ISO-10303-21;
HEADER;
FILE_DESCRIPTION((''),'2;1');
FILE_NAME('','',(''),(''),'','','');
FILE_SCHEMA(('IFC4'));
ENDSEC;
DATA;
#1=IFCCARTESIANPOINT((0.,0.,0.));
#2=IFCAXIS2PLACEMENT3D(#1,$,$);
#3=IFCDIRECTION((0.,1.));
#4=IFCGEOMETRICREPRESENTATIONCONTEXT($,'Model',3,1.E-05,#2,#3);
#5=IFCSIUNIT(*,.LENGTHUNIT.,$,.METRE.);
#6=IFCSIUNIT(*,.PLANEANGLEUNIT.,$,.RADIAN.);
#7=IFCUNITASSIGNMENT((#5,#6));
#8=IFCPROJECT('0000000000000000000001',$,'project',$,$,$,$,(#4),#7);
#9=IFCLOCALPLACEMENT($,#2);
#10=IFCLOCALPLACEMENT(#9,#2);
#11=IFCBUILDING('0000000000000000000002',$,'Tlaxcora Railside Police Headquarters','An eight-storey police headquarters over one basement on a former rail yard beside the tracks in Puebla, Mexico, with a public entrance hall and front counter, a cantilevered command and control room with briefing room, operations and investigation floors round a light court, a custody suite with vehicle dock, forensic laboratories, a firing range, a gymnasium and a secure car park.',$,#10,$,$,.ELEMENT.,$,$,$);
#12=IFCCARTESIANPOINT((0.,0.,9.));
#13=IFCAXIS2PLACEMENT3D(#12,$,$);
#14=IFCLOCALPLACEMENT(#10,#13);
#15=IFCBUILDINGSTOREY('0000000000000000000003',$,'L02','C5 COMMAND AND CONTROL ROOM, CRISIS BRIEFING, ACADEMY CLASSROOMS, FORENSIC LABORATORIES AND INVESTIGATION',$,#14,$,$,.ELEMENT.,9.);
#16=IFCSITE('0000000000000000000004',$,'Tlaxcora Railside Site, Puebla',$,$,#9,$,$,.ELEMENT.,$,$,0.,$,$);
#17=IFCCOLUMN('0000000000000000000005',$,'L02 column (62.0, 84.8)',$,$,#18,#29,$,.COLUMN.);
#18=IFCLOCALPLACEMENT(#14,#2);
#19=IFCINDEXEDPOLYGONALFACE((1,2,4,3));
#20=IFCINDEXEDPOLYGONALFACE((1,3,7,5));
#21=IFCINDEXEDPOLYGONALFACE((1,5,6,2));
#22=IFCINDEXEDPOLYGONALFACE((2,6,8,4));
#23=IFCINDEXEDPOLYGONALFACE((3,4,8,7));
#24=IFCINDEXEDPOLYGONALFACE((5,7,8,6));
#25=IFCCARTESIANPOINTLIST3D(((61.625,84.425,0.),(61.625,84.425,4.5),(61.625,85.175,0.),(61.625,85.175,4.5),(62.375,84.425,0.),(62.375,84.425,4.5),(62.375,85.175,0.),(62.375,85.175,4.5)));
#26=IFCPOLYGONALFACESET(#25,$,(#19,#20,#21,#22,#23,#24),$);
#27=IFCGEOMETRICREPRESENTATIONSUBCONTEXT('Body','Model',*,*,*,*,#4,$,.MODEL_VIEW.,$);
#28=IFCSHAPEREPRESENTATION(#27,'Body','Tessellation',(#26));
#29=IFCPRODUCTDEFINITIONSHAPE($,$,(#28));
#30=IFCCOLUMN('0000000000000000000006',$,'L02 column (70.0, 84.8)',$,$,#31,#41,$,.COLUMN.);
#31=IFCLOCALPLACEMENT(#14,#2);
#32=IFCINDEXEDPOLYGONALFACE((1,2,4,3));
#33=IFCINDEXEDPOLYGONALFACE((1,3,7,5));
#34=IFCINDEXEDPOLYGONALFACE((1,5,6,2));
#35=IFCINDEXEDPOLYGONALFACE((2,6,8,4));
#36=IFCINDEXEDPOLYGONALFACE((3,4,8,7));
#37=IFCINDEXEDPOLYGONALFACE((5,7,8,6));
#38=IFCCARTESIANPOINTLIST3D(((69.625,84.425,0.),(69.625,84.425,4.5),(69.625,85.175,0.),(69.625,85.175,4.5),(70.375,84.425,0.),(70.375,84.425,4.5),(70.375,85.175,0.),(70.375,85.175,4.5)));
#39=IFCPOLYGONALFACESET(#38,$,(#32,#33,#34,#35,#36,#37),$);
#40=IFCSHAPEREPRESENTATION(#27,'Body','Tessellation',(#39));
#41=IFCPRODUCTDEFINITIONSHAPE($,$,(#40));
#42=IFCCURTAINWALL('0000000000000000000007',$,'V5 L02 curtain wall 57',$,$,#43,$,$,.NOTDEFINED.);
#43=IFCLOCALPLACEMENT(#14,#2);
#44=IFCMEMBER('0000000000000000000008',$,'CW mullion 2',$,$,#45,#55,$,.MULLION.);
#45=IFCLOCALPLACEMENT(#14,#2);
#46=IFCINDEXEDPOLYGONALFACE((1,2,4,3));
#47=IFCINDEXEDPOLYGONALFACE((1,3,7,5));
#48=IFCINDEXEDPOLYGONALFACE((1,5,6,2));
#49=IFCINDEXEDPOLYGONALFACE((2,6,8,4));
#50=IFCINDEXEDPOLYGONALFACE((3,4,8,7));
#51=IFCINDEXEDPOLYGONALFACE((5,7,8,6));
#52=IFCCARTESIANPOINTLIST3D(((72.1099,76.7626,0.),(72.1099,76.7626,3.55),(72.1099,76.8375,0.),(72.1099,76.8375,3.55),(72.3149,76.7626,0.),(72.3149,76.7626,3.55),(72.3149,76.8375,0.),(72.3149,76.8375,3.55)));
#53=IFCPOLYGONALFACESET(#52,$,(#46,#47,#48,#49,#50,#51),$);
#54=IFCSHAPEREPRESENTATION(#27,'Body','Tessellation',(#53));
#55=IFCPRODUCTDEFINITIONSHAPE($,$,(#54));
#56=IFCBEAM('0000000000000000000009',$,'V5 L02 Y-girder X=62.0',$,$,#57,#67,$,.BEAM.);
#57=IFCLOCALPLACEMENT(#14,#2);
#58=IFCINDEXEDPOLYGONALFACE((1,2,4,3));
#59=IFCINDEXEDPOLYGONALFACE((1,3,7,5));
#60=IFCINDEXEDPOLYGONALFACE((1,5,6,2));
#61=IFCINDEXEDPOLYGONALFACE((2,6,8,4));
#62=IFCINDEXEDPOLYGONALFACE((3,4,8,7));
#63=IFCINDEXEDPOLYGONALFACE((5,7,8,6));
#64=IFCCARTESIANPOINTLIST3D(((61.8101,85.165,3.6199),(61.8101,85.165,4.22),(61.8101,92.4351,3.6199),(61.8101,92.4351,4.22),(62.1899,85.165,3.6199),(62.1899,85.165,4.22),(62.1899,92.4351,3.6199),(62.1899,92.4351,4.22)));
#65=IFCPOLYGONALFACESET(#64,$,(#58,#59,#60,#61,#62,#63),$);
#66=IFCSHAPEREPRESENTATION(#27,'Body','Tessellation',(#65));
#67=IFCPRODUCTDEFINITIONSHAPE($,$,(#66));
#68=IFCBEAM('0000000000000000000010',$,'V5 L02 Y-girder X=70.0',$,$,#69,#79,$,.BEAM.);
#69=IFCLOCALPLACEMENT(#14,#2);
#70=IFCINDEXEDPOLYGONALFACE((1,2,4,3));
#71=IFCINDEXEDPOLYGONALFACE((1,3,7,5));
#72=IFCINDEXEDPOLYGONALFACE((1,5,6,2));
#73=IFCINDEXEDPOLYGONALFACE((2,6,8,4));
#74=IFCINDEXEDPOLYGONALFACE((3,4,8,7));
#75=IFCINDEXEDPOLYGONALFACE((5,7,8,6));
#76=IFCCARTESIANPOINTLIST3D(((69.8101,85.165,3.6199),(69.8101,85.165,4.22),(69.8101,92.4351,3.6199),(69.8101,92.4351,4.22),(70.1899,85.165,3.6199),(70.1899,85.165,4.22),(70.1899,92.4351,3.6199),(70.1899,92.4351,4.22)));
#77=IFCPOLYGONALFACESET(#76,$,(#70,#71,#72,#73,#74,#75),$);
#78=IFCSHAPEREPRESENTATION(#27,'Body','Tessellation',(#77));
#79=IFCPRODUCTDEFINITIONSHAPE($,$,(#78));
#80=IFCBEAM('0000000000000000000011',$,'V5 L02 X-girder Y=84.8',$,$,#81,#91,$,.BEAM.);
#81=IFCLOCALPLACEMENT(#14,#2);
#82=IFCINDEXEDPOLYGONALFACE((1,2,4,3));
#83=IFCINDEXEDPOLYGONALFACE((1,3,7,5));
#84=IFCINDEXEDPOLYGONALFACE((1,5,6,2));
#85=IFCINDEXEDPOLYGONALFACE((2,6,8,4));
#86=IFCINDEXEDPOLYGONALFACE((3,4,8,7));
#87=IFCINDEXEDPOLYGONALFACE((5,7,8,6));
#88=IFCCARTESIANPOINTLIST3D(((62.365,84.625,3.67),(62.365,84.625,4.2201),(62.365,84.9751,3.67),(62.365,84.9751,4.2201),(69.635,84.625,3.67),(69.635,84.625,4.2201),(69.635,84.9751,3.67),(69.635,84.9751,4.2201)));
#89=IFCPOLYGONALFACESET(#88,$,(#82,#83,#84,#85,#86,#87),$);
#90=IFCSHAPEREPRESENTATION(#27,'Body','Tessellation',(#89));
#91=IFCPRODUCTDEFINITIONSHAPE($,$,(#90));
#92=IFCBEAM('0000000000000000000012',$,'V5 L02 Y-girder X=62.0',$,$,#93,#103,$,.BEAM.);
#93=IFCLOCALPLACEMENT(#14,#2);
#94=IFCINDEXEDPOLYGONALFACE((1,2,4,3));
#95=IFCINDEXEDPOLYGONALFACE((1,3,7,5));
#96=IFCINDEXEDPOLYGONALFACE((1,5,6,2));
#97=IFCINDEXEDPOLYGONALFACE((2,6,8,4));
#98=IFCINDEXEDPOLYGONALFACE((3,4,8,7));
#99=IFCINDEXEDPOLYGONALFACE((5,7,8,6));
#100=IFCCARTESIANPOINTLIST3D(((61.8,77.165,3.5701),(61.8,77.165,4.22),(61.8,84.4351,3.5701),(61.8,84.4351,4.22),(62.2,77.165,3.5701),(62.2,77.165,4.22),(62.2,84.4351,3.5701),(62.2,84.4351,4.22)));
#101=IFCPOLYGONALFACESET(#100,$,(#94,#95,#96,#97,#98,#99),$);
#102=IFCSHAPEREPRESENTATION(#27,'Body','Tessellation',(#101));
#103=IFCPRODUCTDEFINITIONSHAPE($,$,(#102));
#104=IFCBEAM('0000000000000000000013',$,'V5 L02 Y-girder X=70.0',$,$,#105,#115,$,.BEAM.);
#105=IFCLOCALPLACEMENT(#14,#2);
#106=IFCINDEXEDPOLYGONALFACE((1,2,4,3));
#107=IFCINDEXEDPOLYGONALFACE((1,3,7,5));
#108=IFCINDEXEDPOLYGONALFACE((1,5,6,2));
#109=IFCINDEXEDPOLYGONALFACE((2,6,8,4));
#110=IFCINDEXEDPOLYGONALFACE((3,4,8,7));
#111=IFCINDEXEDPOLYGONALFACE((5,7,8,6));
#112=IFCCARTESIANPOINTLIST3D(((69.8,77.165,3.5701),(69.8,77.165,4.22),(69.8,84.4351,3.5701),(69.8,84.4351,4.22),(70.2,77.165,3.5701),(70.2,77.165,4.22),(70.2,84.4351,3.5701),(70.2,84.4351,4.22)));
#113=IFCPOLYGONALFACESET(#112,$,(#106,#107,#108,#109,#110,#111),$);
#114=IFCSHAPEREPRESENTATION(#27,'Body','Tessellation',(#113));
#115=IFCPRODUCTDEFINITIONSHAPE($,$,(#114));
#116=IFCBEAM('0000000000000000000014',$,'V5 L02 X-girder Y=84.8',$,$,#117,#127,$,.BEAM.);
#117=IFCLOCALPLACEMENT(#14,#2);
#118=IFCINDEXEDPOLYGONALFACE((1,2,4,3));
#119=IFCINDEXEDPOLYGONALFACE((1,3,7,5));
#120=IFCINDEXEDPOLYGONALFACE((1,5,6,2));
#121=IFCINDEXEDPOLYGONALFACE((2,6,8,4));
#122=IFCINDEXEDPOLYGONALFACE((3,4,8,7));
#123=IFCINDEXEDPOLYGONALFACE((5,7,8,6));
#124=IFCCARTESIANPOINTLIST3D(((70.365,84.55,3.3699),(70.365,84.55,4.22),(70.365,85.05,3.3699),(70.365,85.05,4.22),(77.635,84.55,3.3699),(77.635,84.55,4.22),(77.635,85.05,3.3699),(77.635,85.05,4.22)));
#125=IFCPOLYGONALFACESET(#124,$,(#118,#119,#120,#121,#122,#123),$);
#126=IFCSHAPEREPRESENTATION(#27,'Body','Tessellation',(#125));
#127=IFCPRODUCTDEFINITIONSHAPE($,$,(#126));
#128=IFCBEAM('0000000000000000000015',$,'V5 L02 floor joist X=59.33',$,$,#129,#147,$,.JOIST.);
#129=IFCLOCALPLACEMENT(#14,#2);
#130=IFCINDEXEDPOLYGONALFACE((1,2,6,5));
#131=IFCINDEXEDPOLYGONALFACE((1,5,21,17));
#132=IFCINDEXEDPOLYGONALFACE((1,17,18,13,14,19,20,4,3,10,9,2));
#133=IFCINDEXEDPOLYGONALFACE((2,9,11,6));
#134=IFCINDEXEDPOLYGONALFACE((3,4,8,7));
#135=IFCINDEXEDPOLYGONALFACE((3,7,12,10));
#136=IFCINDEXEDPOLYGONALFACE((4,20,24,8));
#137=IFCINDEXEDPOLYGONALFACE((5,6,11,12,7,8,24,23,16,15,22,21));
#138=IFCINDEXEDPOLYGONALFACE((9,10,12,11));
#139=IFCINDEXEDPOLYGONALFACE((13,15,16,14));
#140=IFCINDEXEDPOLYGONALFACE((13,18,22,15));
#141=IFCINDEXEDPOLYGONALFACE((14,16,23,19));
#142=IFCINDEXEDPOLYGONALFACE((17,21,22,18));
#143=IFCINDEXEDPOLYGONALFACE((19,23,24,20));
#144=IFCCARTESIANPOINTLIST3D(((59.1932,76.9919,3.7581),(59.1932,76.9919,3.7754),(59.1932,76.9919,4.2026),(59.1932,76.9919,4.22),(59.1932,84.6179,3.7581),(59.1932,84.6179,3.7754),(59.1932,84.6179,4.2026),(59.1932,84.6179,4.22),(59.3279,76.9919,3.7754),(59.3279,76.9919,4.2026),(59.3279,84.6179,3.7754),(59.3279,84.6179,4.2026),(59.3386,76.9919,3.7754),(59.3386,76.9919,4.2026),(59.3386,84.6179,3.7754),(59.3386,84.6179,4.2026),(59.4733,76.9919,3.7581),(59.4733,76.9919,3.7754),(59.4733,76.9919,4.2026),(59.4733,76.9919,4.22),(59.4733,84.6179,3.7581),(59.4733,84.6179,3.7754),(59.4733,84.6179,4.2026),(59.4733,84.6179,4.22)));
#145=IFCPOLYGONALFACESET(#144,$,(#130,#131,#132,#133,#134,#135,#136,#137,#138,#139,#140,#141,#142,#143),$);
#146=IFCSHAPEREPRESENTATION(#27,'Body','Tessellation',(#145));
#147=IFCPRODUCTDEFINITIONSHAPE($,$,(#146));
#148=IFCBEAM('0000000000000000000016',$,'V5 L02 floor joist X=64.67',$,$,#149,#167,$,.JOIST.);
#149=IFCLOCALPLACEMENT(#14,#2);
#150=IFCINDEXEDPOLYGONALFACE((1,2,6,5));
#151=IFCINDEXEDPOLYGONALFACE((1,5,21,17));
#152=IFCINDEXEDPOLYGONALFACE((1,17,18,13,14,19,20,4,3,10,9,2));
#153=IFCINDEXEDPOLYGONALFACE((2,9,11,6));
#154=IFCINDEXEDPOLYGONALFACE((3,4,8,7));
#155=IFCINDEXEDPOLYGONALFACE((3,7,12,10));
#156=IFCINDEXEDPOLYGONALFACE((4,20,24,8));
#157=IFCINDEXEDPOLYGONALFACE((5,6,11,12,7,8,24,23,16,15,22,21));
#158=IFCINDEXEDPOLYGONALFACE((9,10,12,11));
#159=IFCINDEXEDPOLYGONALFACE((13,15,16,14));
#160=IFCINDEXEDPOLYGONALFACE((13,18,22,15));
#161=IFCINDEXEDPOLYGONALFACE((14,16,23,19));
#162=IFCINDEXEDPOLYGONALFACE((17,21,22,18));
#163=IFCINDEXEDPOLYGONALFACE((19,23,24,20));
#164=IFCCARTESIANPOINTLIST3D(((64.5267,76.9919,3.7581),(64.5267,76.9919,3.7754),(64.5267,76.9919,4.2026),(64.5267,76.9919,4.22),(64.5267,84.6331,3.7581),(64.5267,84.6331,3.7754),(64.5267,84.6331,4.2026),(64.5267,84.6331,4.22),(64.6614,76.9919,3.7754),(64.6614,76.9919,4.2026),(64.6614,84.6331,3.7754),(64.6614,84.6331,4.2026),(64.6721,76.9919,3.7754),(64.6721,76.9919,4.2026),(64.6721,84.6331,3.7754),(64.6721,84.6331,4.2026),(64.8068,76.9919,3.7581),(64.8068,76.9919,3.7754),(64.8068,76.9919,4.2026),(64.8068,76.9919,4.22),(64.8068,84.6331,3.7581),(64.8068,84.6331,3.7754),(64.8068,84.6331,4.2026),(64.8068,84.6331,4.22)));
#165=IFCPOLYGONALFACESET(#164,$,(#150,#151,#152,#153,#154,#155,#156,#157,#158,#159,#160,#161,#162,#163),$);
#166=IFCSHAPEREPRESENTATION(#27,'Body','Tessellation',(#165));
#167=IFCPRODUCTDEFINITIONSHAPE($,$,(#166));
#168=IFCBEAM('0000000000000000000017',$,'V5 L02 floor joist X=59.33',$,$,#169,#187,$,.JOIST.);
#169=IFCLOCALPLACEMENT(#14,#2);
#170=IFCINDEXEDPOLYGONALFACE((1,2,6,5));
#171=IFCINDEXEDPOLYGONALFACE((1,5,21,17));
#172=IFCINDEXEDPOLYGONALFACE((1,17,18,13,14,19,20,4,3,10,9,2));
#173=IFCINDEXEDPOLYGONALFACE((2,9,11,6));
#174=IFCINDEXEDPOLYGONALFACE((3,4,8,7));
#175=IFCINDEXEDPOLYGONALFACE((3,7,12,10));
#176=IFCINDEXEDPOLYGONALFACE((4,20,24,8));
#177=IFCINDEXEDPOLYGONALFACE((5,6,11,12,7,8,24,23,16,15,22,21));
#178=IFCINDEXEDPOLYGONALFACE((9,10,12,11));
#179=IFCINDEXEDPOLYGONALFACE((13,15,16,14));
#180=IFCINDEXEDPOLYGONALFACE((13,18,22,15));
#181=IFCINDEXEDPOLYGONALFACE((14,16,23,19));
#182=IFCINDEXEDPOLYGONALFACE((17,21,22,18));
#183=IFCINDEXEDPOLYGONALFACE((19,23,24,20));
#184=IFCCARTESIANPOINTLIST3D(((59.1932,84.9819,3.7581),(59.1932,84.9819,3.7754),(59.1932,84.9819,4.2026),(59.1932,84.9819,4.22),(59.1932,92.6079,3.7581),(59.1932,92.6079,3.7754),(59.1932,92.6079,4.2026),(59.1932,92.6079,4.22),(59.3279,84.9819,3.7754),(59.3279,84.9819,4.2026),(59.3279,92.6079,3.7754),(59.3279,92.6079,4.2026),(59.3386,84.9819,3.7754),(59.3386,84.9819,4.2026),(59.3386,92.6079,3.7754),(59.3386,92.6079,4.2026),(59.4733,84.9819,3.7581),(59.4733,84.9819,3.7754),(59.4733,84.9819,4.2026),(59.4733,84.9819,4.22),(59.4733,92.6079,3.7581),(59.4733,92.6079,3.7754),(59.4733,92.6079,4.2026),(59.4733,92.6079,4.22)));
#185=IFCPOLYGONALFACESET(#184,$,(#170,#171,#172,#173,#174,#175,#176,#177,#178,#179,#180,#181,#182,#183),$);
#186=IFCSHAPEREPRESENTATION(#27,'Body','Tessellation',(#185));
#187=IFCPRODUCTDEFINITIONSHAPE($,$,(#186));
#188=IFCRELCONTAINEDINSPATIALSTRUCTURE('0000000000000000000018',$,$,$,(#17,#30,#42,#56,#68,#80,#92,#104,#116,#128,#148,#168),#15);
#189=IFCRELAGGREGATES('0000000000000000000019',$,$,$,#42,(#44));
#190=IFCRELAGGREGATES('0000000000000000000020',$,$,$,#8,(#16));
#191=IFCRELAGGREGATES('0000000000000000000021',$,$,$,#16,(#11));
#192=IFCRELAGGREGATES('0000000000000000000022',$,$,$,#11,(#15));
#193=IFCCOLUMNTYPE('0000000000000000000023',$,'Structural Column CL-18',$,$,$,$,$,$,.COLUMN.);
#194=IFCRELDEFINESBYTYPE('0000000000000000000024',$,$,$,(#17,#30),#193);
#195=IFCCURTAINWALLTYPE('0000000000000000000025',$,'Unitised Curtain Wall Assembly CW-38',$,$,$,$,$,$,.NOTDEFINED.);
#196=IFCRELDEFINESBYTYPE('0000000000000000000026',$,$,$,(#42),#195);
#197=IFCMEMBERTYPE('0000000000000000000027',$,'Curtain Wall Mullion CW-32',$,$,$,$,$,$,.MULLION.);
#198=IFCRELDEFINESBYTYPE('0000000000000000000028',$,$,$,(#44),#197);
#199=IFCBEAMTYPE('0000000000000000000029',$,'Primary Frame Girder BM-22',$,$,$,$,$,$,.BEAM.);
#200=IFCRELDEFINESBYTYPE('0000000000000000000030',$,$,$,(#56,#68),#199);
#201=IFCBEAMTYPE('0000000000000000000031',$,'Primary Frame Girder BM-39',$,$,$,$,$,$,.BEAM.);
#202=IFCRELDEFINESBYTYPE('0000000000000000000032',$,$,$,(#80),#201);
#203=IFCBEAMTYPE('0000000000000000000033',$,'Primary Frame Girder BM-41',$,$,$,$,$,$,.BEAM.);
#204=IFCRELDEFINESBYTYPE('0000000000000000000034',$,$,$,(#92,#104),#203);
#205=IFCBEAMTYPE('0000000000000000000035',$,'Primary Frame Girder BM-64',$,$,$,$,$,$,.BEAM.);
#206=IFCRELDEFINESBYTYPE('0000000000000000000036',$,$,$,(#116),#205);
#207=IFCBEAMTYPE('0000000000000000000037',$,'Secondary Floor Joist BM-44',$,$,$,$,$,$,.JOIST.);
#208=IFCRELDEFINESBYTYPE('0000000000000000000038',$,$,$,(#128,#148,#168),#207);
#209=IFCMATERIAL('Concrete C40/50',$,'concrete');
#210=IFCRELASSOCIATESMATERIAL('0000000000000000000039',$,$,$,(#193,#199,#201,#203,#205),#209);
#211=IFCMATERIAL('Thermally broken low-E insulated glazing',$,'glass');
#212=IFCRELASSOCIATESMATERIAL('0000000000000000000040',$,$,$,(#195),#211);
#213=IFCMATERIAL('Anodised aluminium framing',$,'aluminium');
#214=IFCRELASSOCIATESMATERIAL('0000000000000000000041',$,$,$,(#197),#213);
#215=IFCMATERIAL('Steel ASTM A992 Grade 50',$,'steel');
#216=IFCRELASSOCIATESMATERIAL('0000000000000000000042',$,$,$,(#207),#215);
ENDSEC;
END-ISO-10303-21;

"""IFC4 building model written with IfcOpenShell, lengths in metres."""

from ifc_helpers import new_model, si_unit, direction, frame, origin, origin_2d, place, context, subcontext, project, spatial, rectangle, i_section, extrude, material, material_profile, profile_set, type_object, element, aggregate, save


model = new_model("IFC4")

# Units and contexts
model_context = context("Model", 3, precision=1e-05, world=origin(), true_north=direction((0.0, 1.0)))
body_context = subcontext(model_context, "Body", "Model", "MODEL_VIEW")
ifc_project = project(units=[si_unit("LENGTHUNIT", "METRE"), si_unit("PLANEANGLEUNIT", "RADIAN")], contexts=[model_context])

# Site, building, storey
site_placement = place(None, origin())
site = spatial("IfcSite", under=ifc_project, at=site_placement, Name="Tlaxcora Railside Site, Puebla", CompositionType="ELEMENT", RefElevation=0.0)
building_placement = place(site_placement, origin())
building = spatial("IfcBuilding", under=site, at=building_placement, Name="Tlaxcora Railside Police Headquarters", Description="An eight-storey police headquarters over one basement on a former rail yard beside the tracks in Puebla, Mexico, with a public entrance hall and front counter, a cantilevered command and control room with briefing room, operations and investigation floors round a light court, a custody suite with vehicle dock, forensic laboratories, a firing range, a gymnasium and a secure car park.", CompositionType="ELEMENT")
storey_placement = place(building_placement, frame((0.0, 0.0, 9.0)))
storey = spatial("IfcBuildingStorey", under=building, at=storey_placement, Name="L02", Description="C5 COMMAND AND CONTROL ROOM, CRISIS BRIEFING, ACADEMY CLASSROOMS, FORENSIC LABORATORIES AND INVESTIGATION", CompositionType="ELEMENT", Elevation=9.0)

# Columns
ifc_material_1 = material(Name="Concrete C40/50", Category="concrete")
ifc_material_profile_1 = material_profile(ifc_material_1, rectangle(XDim=0.75, YDim=0.75, at=origin_2d()), Name="RC750X750")
ifc_profile_set_1 = profile_set([ifc_material_profile_1], Name="Concrete C40/50")
column_type = type_object("IfcColumnType", Name="Structural Column CL-18", PredefinedType="COLUMN", material=ifc_profile_set_1)
for number, where, z_axis, x_axis, name in (
    (1, (62.0, 84.8, 0.0), (0.0, 0.0, 1.0), (1.0, 0.0, 0.0), "L02 column (62.0, 84.8)"),
    (2, (70.0, 84.8, 0.0), (0.0, 0.0, 1.0), (1.0, 0.0, 0.0), "L02 column (70.0, 84.8)"),
):
    element("IfcColumn", number, at=place(storey_placement, frame(where, z_axis=z_axis, x_axis=x_axis)), inside=storey, type_object=column_type, Name=name, PredefinedType="COLUMN", context=body_context, shape_type="SweptSolid", body=[
        extrude(rectangle(XDim=0.75, YDim=0.75, at=origin_2d()), origin(), (0.0, 0.0, 1.0), 4.5),
    ])

# Curtain wall, member
ifc_material_2 = material(Name="Thermally broken low-E insulated glazing", Category="glass")
curtain_wall_type = type_object("IfcCurtainWallType", Name="Unitised Curtain Wall Assembly CW-38", PredefinedType="NOTDEFINED", material=ifc_material_2)
curtain_wall_placement = place(storey_placement, origin())
curtain_wall = element("IfcCurtainWall", 3, at=curtain_wall_placement, inside=storey, type_object=curtain_wall_type, Name="V5 L02 curtain wall 57", PredefinedType="NOTDEFINED")
ifc_material_3 = material(Name="Anodised aluminium framing", Category="aluminium")
ifc_material_profile_2 = material_profile(ifc_material_3, rectangle(XDim=0.075, YDim=0.2051, at=origin_2d()), Name="AL75X205")
ifc_profile_set_2 = profile_set([ifc_material_profile_2], Name="Anodised aluminium framing")
member_type = type_object("IfcMemberType", Name="Curtain Wall Mullion CW-32", PredefinedType="MULLION", material=ifc_profile_set_2)
member_placement = place(storey_placement, frame((72.2124, 76.8, 0.0), z_axis=(0.0, 0.0, 1.0), x_axis=(0.0, 1.0, 0.0)))
member = element("IfcMember", 4, at=member_placement, type_object=member_type, Name="CW mullion 2", PredefinedType="MULLION", context=body_context, shape_type="SweptSolid", body=[
    extrude(rectangle(XDim=0.075, YDim=0.2051, at=origin_2d()), origin(), (0.0, 0.0, 1.0), 3.55),
])

# Beams
ifc_material_profile_3 = material_profile(ifc_material_1, rectangle(XDim=0.3799, YDim=0.6001, at=origin_2d()), Name="RC380X600")
ifc_profile_set_3 = profile_set([ifc_material_profile_3], Name="Concrete C40/50")
beam_type_1 = type_object("IfcBeamType", Name="Primary Frame Girder BM-22", PredefinedType="BEAM", material=ifc_profile_set_3)
for number, where, z_axis, x_axis, name in (
    (5, (62.0, 85.165, 3.9199), (0.0, 1.0, 0.0), (-1.0, 0.0, 0.0), "V5 L02 Y-girder X=62.0"),
    (6, (70.0, 85.165, 3.9199), (0.0, 1.0, 0.0), (-1.0, 0.0, 0.0), "V5 L02 Y-girder X=70.0"),
):
    element("IfcBeam", number, at=place(storey_placement, frame(where, z_axis=z_axis, x_axis=x_axis)), inside=storey, type_object=beam_type_1, Name=name, PredefinedType="BEAM", context=body_context, shape_type="SweptSolid", body=[
        extrude(rectangle(XDim=0.3799, YDim=0.6001, at=origin_2d()), origin(), (0.0, 0.0, 1.0), 7.27),
    ])
ifc_material_profile_4 = material_profile(ifc_material_1, rectangle(XDim=0.3501, YDim=0.55, at=origin_2d()), Name="RC350X550")
ifc_profile_set_4 = profile_set([ifc_material_profile_4], Name="Concrete C40/50")
beam_type_2 = type_object("IfcBeamType", Name="Primary Frame Girder BM-39", PredefinedType="BEAM", material=ifc_profile_set_4)
beam_1_placement = place(storey_placement, frame((62.365, 84.8, 3.9451), z_axis=(1.0, 0.0, 0.0), x_axis=(0.0, 1.0, 0.0)))
element("IfcBeam", 7, at=beam_1_placement, inside=storey, type_object=beam_type_2, Name="V5 L02 X-girder Y=84.8", PredefinedType="BEAM", context=body_context, shape_type="SweptSolid", body=[
    extrude(rectangle(XDim=0.3501, YDim=0.55, at=origin_2d()), origin(), (0.0, 0.0, 1.0), 7.27),
])
ifc_material_profile_5 = material_profile(ifc_material_1, rectangle(XDim=0.3999, YDim=0.6499, at=origin_2d()), Name="RC400X650")
ifc_profile_set_5 = profile_set([ifc_material_profile_5], Name="Concrete C40/50")
beam_type_3 = type_object("IfcBeamType", Name="Primary Frame Girder BM-41", PredefinedType="BEAM", material=ifc_profile_set_5)
for number, where, z_axis, x_axis, name in (
    (8, (62.0, 77.165, 3.895), (0.0, 1.0, 0.0), (-1.0, 0.0, 0.0), "V5 L02 Y-girder X=62.0"),
    (9, (70.0, 77.165, 3.895), (0.0, 1.0, 0.0), (-1.0, 0.0, 0.0), "V5 L02 Y-girder X=70.0"),
):
    element("IfcBeam", number, at=place(storey_placement, frame(where, z_axis=z_axis, x_axis=x_axis)), inside=storey, type_object=beam_type_3, Name=name, PredefinedType="BEAM", context=body_context, shape_type="SweptSolid", body=[
        extrude(rectangle(XDim=0.3999, YDim=0.6499, at=origin_2d()), origin(), (0.0, 0.0, 1.0), 7.27),
    ])
ifc_material_profile_6 = material_profile(ifc_material_1, rectangle(XDim=0.5, YDim=0.8501, at=origin_2d()), Name="RC500X850")
ifc_profile_set_6 = profile_set([ifc_material_profile_6], Name="Concrete C40/50")
beam_type_4 = type_object("IfcBeamType", Name="Primary Frame Girder BM-64", PredefinedType="BEAM", material=ifc_profile_set_6)
beam_2_placement = place(storey_placement, frame((70.365, 84.8, 3.7949), z_axis=(1.0, 0.0, 0.0), x_axis=(0.0, 1.0, 0.0)))
element("IfcBeam", 10, at=beam_2_placement, inside=storey, type_object=beam_type_4, Name="V5 L02 X-girder Y=84.8", PredefinedType="BEAM", context=body_context, shape_type="SweptSolid", body=[
    extrude(rectangle(XDim=0.5, YDim=0.8501, at=origin_2d()), origin(), (0.0, 0.0, 1.0), 7.27),
])
ifc_material_4 = material(Name="Steel ASTM A992 Grade 50", Category="steel")
ifc_material_profile_7 = material_profile(ifc_material_4, i_section(OverallWidth=0.28, OverallDepth=0.4619, WebThickness=0.0107, FlangeThickness=0.0173, at=origin_2d()), Name="W18X76")
ifc_profile_set_7 = profile_set([ifc_material_profile_7], Name="Steel ASTM A992 Grade 50")
beam_type_5 = type_object("IfcBeamType", Name="Secondary Floor Joist BM-44", PredefinedType="JOIST", material=ifc_profile_set_7)
beam_3_placement = place(storey_placement, frame((59.3333, 76.9919, 3.989), z_axis=(0.0, 1.0, 0.0), x_axis=(-1.0, 0.0, 0.0)))
element("IfcBeam", 11, at=beam_3_placement, inside=storey, type_object=beam_type_5, Name="V5 L02 floor joist X=59.33", PredefinedType="JOIST", context=body_context, shape_type="SweptSolid", body=[
    extrude(i_section(OverallWidth=0.28, OverallDepth=0.4619, WebThickness=0.0107, FlangeThickness=0.0173, at=origin_2d()), origin(), (0.0, 0.0, 1.0), 7.626),
])
beam_4_placement = place(storey_placement, frame((64.6667, 76.9919, 3.989), z_axis=(0.0, 1.0, 0.0), x_axis=(-1.0, 0.0, 0.0)))
element("IfcBeam", 12, at=beam_4_placement, inside=storey, type_object=beam_type_5, Name="V5 L02 floor joist X=64.67", PredefinedType="JOIST", context=body_context, shape_type="SweptSolid", body=[
    extrude(i_section(OverallWidth=0.28, OverallDepth=0.4619, WebThickness=0.0107, FlangeThickness=0.0173, at=origin_2d()), origin(), (0.0, 0.0, 1.0), 7.6411),
])
beam_5_placement = place(storey_placement, frame((59.3333, 84.9819, 3.989), z_axis=(0.0, 1.0, 0.0), x_axis=(-1.0, 0.0, 0.0)))
element("IfcBeam", 13, at=beam_5_placement, inside=storey, type_object=beam_type_5, Name="V5 L02 floor joist X=59.33", PredefinedType="JOIST", context=body_context, shape_type="SweptSolid", body=[
    extrude(i_section(OverallWidth=0.28, OverallDepth=0.4619, WebThickness=0.0107, FlangeThickness=0.0173, at=origin_2d()), origin(), (0.0, 0.0, 1.0), 7.626),
])

aggregate(curtain_wall, [member])

save(model, "model.ifc")
